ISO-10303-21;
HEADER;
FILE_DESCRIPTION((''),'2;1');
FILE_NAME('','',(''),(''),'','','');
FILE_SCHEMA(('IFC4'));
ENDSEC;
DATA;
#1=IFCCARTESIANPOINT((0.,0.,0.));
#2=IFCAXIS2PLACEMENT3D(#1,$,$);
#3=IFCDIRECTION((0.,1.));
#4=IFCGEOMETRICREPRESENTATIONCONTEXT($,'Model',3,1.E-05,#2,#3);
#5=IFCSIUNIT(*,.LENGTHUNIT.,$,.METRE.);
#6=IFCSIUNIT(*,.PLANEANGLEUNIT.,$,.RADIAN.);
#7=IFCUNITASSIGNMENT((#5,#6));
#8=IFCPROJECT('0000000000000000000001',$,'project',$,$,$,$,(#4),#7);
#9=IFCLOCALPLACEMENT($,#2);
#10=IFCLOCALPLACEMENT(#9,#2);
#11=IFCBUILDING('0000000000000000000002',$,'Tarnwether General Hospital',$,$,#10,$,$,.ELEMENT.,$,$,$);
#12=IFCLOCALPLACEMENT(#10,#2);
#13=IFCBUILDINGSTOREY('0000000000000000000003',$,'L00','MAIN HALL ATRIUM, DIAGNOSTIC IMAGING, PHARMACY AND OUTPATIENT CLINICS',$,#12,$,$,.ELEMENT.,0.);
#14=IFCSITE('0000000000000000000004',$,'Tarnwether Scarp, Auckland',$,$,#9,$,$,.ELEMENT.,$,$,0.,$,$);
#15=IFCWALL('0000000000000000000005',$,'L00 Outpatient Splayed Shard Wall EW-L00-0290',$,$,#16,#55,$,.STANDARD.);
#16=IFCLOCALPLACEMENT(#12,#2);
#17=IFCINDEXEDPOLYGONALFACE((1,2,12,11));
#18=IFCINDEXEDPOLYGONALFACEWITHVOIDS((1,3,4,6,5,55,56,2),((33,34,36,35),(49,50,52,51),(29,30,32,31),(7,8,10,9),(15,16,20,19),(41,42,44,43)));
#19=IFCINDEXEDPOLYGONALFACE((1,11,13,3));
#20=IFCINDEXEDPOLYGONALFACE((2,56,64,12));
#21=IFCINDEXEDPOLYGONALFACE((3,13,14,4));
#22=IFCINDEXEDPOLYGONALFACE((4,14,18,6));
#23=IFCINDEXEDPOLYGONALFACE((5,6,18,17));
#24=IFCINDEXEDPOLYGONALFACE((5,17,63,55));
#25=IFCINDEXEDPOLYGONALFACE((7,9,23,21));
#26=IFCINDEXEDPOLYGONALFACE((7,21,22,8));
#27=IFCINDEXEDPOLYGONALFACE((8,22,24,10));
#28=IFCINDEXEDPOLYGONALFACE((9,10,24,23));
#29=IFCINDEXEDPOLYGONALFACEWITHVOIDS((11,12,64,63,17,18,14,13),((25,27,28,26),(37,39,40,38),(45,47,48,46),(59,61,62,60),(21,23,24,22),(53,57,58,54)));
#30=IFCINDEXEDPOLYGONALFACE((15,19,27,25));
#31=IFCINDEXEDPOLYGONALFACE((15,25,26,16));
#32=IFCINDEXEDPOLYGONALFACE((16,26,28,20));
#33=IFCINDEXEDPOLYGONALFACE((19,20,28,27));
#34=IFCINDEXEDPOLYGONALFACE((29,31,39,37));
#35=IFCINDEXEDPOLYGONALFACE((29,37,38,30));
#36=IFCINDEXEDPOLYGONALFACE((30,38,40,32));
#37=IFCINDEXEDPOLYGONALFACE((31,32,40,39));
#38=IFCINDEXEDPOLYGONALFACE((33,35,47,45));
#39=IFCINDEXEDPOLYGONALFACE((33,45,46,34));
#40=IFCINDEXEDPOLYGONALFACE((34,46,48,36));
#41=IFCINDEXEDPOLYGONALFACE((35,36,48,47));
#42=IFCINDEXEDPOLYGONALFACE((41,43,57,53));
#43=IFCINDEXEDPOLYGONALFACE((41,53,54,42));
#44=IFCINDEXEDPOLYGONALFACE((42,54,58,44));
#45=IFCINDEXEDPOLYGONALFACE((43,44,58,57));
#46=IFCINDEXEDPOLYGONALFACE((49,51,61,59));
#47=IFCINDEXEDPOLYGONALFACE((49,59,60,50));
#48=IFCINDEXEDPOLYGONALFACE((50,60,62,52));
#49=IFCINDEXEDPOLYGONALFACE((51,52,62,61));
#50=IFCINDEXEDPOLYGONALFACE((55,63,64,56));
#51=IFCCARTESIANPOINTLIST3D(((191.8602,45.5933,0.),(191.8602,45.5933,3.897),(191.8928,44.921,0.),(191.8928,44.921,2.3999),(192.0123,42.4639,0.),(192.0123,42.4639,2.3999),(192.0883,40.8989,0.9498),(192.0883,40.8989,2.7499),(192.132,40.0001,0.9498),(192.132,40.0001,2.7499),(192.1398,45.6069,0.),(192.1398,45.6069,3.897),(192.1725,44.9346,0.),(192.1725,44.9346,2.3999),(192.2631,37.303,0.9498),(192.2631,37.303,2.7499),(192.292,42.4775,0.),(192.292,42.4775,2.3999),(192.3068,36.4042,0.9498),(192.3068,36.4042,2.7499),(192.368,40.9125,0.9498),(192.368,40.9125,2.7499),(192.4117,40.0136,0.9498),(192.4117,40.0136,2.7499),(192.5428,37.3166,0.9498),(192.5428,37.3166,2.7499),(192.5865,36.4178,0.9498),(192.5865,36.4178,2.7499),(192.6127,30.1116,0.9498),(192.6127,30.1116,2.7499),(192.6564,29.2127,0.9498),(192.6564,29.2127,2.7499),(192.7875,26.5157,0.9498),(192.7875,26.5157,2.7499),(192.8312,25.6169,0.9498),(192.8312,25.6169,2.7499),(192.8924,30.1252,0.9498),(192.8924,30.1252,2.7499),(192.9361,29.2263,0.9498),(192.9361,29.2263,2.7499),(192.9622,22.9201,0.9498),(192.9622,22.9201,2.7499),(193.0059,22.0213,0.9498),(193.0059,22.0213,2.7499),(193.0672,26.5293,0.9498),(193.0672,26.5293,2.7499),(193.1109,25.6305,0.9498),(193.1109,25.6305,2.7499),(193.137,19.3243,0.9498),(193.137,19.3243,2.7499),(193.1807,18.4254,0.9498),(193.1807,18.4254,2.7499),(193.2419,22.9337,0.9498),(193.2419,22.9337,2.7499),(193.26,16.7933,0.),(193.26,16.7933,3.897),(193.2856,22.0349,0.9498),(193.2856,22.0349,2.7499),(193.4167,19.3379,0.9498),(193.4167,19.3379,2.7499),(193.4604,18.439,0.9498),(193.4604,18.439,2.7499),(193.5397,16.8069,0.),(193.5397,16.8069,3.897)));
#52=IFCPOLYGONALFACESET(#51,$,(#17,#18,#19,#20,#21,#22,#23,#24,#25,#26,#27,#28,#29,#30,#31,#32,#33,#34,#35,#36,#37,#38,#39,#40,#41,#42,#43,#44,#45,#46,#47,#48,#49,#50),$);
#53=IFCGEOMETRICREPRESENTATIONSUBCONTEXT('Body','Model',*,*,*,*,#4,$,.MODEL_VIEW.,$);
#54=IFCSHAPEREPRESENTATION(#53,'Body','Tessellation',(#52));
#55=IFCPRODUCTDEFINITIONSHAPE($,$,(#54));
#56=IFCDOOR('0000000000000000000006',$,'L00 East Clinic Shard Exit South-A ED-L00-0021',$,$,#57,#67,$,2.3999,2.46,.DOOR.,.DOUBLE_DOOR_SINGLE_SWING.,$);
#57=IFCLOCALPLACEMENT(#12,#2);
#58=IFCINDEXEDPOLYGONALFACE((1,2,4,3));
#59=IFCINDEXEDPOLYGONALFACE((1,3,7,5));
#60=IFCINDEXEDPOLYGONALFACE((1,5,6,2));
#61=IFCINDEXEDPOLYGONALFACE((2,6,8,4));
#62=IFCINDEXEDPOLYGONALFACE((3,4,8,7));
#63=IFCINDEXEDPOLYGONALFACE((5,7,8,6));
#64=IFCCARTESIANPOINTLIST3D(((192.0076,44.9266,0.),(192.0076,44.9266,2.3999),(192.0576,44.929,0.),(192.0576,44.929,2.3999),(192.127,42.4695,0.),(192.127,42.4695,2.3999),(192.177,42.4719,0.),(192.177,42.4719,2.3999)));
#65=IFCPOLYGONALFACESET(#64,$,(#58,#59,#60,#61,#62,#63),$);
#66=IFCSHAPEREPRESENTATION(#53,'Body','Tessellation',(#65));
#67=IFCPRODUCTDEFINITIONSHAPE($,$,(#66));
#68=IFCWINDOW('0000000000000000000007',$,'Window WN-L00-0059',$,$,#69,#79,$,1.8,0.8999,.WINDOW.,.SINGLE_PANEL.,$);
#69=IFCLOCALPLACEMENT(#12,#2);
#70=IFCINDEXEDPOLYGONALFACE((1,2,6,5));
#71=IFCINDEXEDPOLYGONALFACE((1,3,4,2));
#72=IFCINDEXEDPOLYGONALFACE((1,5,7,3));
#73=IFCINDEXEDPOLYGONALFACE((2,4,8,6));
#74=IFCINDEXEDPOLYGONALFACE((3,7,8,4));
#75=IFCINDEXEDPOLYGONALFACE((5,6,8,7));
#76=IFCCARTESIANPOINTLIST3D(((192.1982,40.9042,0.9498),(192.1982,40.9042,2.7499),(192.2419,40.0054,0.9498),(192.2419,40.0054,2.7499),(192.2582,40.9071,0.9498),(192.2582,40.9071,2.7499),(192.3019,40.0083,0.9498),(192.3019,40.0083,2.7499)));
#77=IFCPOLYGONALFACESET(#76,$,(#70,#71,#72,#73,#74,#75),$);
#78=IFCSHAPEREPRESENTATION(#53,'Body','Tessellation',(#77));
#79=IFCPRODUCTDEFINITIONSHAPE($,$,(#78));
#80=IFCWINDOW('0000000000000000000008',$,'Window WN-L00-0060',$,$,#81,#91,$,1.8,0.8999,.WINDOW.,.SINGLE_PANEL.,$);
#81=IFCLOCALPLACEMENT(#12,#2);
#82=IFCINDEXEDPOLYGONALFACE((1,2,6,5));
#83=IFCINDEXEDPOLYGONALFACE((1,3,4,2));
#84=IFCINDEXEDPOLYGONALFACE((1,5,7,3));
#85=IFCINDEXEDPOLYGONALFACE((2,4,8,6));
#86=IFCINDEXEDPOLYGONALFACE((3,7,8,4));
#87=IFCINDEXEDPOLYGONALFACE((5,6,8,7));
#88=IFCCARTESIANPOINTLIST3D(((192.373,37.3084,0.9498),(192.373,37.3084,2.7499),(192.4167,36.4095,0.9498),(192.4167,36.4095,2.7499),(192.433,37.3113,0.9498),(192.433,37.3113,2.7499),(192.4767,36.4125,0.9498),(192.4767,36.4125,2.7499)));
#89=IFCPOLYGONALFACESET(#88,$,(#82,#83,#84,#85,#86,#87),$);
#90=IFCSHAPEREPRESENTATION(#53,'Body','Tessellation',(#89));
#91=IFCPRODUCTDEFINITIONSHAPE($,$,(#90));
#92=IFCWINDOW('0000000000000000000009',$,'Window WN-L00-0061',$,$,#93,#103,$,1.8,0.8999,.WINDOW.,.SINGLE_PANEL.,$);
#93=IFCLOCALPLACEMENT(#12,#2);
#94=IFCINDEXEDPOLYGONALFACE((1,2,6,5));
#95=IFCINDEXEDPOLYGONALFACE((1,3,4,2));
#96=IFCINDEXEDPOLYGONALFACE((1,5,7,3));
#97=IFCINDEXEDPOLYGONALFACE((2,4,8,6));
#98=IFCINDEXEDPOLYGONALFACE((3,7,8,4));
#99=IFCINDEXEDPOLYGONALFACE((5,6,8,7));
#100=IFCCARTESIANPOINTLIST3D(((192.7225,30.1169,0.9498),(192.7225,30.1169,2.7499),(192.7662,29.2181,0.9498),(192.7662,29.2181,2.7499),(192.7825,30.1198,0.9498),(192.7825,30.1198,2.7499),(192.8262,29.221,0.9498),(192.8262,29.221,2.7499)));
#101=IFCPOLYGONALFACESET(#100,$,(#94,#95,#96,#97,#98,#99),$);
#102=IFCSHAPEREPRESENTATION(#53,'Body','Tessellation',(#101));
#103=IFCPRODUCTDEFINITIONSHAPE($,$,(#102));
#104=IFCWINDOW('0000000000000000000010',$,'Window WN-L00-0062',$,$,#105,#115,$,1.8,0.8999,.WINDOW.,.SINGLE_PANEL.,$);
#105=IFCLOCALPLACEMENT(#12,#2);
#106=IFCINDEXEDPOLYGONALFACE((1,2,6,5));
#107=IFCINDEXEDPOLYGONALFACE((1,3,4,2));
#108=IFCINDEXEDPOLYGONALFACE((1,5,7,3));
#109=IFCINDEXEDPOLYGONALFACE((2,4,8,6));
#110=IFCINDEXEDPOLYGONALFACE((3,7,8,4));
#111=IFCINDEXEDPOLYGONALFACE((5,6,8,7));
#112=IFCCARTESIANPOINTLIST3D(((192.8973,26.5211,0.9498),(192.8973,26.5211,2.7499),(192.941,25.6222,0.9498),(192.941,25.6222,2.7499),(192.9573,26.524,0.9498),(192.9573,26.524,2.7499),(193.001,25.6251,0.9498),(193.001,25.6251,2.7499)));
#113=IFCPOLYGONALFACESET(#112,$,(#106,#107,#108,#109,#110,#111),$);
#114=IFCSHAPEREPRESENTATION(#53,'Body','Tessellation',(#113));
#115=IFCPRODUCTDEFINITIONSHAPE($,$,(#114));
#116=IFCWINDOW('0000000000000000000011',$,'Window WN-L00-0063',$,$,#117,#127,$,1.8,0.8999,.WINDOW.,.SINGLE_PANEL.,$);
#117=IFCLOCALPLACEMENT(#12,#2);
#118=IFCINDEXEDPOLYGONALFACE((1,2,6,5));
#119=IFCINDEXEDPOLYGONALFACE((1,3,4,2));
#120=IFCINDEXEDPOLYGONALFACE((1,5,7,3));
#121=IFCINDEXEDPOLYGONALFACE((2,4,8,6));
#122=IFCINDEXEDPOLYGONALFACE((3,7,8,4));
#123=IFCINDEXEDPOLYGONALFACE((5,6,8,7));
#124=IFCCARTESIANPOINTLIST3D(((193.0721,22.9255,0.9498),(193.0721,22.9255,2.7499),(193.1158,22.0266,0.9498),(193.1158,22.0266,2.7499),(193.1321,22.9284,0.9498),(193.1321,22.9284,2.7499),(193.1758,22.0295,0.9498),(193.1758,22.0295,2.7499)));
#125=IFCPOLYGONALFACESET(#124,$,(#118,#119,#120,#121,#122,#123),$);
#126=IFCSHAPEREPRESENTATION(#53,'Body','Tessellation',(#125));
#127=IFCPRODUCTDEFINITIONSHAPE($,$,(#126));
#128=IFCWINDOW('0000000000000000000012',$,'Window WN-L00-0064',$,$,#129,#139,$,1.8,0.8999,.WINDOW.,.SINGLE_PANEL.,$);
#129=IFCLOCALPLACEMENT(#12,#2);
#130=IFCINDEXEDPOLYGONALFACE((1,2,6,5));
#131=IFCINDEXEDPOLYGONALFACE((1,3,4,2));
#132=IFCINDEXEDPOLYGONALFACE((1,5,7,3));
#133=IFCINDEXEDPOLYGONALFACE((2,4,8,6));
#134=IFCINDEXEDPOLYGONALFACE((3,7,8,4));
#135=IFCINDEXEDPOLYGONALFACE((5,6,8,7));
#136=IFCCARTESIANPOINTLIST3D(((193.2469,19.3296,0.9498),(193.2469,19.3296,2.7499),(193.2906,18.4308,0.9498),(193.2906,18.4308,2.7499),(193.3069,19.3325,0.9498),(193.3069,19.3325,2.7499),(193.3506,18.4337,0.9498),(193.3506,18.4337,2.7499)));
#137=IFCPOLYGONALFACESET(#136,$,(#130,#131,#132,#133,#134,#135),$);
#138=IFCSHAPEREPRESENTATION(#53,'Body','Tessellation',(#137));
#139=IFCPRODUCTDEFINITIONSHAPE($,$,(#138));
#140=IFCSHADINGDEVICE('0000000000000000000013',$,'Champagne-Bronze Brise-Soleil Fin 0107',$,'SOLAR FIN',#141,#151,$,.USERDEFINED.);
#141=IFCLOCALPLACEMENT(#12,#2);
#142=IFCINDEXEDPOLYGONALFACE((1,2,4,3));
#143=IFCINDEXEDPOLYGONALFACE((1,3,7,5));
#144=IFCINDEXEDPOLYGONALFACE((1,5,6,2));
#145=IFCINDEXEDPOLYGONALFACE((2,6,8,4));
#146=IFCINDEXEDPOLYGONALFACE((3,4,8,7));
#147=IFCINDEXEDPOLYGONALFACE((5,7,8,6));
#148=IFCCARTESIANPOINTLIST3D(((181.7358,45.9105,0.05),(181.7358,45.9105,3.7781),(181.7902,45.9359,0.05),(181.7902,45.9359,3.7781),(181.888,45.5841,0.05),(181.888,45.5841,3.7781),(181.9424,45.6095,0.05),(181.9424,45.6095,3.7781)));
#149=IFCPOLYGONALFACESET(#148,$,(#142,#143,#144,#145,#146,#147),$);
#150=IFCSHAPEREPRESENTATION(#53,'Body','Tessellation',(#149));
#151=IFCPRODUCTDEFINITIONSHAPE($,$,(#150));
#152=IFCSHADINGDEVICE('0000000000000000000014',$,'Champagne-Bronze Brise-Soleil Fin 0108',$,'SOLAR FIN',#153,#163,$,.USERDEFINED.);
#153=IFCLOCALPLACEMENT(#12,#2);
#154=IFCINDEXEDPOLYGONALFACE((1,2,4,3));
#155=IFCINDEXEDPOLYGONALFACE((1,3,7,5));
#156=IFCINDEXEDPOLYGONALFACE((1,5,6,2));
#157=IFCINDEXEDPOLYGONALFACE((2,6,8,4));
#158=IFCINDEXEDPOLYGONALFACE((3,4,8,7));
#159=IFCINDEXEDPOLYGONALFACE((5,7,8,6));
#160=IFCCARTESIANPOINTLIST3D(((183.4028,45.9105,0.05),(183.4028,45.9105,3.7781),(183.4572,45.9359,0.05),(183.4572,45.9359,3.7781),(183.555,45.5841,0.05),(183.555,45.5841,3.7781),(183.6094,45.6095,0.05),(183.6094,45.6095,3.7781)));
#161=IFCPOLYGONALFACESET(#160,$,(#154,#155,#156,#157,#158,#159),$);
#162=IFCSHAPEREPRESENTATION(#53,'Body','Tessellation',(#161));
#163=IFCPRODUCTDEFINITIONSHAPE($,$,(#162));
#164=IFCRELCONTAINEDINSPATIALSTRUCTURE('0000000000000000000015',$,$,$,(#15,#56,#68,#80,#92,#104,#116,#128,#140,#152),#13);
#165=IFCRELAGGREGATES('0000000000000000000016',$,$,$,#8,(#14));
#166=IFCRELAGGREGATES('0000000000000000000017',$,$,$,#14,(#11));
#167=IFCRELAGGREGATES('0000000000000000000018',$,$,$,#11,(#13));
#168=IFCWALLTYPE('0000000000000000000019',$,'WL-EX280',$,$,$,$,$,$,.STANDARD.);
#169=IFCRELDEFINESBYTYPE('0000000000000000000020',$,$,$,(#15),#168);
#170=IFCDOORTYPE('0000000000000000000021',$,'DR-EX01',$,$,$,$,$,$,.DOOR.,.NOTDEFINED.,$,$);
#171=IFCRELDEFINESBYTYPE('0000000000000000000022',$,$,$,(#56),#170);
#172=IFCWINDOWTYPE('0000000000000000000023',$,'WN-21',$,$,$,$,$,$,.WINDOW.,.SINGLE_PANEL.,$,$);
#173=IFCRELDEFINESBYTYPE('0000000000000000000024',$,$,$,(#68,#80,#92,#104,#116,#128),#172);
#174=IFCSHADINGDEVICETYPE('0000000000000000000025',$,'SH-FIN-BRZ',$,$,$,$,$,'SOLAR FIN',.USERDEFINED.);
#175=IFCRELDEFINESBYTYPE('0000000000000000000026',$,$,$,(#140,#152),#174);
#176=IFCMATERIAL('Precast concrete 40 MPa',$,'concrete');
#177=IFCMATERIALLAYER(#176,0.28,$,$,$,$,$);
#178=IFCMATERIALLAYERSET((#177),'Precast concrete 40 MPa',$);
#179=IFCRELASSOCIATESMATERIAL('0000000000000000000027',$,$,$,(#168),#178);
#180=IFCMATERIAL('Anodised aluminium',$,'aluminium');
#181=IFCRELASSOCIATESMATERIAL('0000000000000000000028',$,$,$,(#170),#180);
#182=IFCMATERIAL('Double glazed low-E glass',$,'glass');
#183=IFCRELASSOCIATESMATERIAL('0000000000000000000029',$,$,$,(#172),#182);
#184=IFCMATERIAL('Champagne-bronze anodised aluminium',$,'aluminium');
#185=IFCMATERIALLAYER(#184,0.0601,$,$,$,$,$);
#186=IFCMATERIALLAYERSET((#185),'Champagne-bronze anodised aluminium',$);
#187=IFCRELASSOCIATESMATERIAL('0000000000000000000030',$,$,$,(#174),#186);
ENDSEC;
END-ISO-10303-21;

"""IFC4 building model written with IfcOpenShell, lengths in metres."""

from ifc_helpers import new_model, si_unit, direction, frame, frame_2d, origin, origin_2d, place, context, subcontext, project, spatial, rectangle, extrude, material, layer, layer_set, type_object, element, fill, save


model = new_model("IFC4")

# Units and contexts
model_context = context("Model", 3, precision=1e-05, world=origin(), true_north=direction((0.0, 1.0)))
body_context = subcontext(model_context, "Body", "Model", "MODEL_VIEW")
ifc_project = project(units=[si_unit("LENGTHUNIT", "METRE"), si_unit("PLANEANGLEUNIT", "RADIAN")], contexts=[model_context])

# Site, building, storey
site_placement = place(None, origin())
site = spatial("IfcSite", under=ifc_project, at=site_placement, Name="Tarnwether Scarp, Auckland", CompositionType="ELEMENT", RefElevation=0.0)
building_placement = place(site_placement, origin())
building = spatial("IfcBuilding", under=site, at=building_placement, Name="Tarnwether General Hospital", CompositionType="ELEMENT")
storey_placement = place(building_placement, origin())
storey = spatial("IfcBuildingStorey", under=building, at=storey_placement, Name="L00", Description="MAIN HALL ATRIUM, DIAGNOSTIC IMAGING, PHARMACY AND OUTPATIENT CLINICS", CompositionType="ELEMENT", Elevation=0.0)

# Wall, openings, door, windows
ifc_material_1 = material(Name="Precast concrete 40 MPa", Category="concrete")
ifc_layer_1 = layer(ifc_material_1, 0.28)
ifc_layer_set_1 = layer_set([ifc_layer_1], Name="Precast concrete 40 MPa")
wall_type = type_object("IfcWallType", Name="WL-EX280", PredefinedType="STANDARD", material=ifc_layer_set_1)
wall_placement = place(storey_placement, frame((192.0, 45.6001, 0.0), z_axis=(0.0, 0.0, 1.0), x_axis=(0.04855, -0.998821, 0.0)))
wall = element("IfcWall", 1, at=wall_placement, inside=storey, type_object=wall_type, Name="L00 Outpatient Splayed Shard Wall EW-L00-0290", PredefinedType="STANDARD", context=body_context, shape_type="SweptSolid", body=[
    extrude(rectangle(XDim=28.834, YDim=0.28, at=frame_2d((14.417, 0.0))), origin(), (0.0, 0.0, 1.0), 3.897),
])
opening_1_placement = place(wall_placement, frame((0.6731, 0.0, 0.0)))
opening_1 = element("IfcOpeningElement", 2, at=opening_1_placement, cuts=wall, PredefinedType="OPENING", context=body_context, shape_type="SweptSolid", body=[
    extrude(rectangle(XDim=2.46, YDim=2.3999, at=frame_2d((1.23, 1.2))), frame((0.0, 0.1499, 0.0), z_axis=(0.0, -1.0, 0.0), x_axis=(1.0, 0.0, 0.0)), (0.0, 0.0, 1.0), 0.3),
])
opening_2_placement = place(wall_placement, frame((4.7, 0.0, 0.95)))
opening_2 = element("IfcOpeningElement", 3, at=opening_2_placement, cuts=wall, PredefinedType="OPENING", context=body_context, shape_type="SweptSolid", body=[
    extrude(rectangle(XDim=0.8999, YDim=1.8, at=frame_2d((0.45, 0.8999))), frame((0.0, 0.1499, 0.0), z_axis=(0.0, -1.0, 0.0), x_axis=(1.0, 0.0, 0.0)), (0.0, 0.0, 1.0), 0.3),
])
opening_3_placement = place(wall_placement, frame((8.3, 0.0, 0.95)))
opening_3 = element("IfcOpeningElement", 4, at=opening_3_placement, cuts=wall, PredefinedType="OPENING", context=body_context, shape_type="SweptSolid", body=[
    extrude(rectangle(XDim=0.8999, YDim=1.8, at=frame_2d((0.45, 0.8999))), frame((0.0, 0.1499, 0.0), z_axis=(0.0, -1.0, 0.0), x_axis=(1.0, 0.0, 0.0)), (0.0, 0.0, 1.0), 0.3),
])
opening_4_placement = place(wall_placement, frame((15.5, 0.0, 0.95)))
opening_4 = element("IfcOpeningElement", 5, at=opening_4_placement, cuts=wall, PredefinedType="OPENING", context=body_context, shape_type="SweptSolid", body=[
    extrude(rectangle(XDim=0.8999, YDim=1.8, at=frame_2d((0.45, 0.8999))), frame((0.0, 0.1499, 0.0), z_axis=(0.0, -1.0, 0.0), x_axis=(1.0, 0.0, 0.0)), (0.0, 0.0, 1.0), 0.3),
])
opening_5_placement = place(wall_placement, frame((19.1001, 0.0, 0.95)))
opening_5 = element("IfcOpeningElement", 6, at=opening_5_placement, cuts=wall, PredefinedType="OPENING", context=body_context, shape_type="SweptSolid", body=[
    extrude(rectangle(XDim=0.8999, YDim=1.8, at=frame_2d((0.45, 0.8999))), frame((0.0, 0.1499, 0.0), z_axis=(0.0, -1.0, 0.0), x_axis=(1.0, 0.0, 0.0)), (0.0, 0.0, 1.0), 0.3),
])
opening_6_placement = place(wall_placement, frame((22.7, 0.0, 0.95)))
opening_6 = element("IfcOpeningElement", 7, at=opening_6_placement, cuts=wall, PredefinedType="OPENING", context=body_context, shape_type="SweptSolid", body=[
    extrude(rectangle(XDim=0.8999, YDim=1.8, at=frame_2d((0.45, 0.8999))), frame((0.0, 0.1499, 0.0), z_axis=(0.0, -1.0, 0.0), x_axis=(1.0, 0.0, 0.0)), (0.0, 0.0, 1.0), 0.3),
])
opening_7_placement = place(wall_placement, frame((26.3, 0.0, 0.95)))
opening_7 = element("IfcOpeningElement", 8, at=opening_7_placement, cuts=wall, PredefinedType="OPENING", context=body_context, shape_type="SweptSolid", body=[
    extrude(rectangle(XDim=0.8999, YDim=1.8, at=frame_2d((0.45, 0.8999))), frame((0.0, 0.1499, 0.0), z_axis=(0.0, -1.0, 0.0), x_axis=(1.0, 0.0, 0.0)), (0.0, 0.0, 1.0), 0.3),
])
ifc_material_2 = material(Name="Anodised aluminium", Category="aluminium")
door_type = type_object("IfcDoorType", Name="DR-EX01", OperationType="NOTDEFINED", PredefinedType="DOOR", material=ifc_material_2)
door_placement = place(opening_1_placement, origin())
door = element("IfcDoor", 9, at=door_placement, inside=storey, type_object=door_type, Name="L00 East Clinic Shard Exit South-A ED-L00-0021", OperationType="DOUBLE_DOOR_SINGLE_SWING", OverallHeight=2.3999, OverallWidth=2.46, PredefinedType="DOOR", context=body_context, shape_type="SweptSolid", body=[
    extrude(rectangle(XDim=2.46, YDim=2.3999, at=frame_2d((1.23, 1.2))), frame((0.0, 0.0249, 0.0), z_axis=(0.0, -1.0, 0.0), x_axis=(1.0, 0.0, 0.0)), (0.0, 0.0, 1.0), 0.05),
])
fill(opening_1, door)
ifc_material_3 = material(Name="Double glazed low-E glass", Category="glass")
window_type = type_object("IfcWindowType", Name="WN-21", PartitioningType="SINGLE_PANEL", PredefinedType="WINDOW", material=ifc_material_3)
window_1_placement = place(opening_2_placement, origin())
window_1 = element("IfcWindow", 10, at=window_1_placement, inside=storey, type_object=window_type, Name="Window WN-L00-0059", OverallHeight=1.8, OverallWidth=0.8999, PartitioningType="SINGLE_PANEL", PredefinedType="WINDOW", context=body_context, shape_type="SweptSolid", body=[
    extrude(rectangle(XDim=0.8999, YDim=1.8, at=frame_2d((0.45, 0.8999))), frame((0.0, 0.03, 0.0), z_axis=(0.0, -1.0, 0.0), x_axis=(1.0, 0.0, 0.0)), (0.0, 0.0, 1.0), 0.0601),
])
fill(opening_2, window_1)
window_2_placement = place(opening_3_placement, origin())
window_2 = element("IfcWindow", 11, at=window_2_placement, inside=storey, type_object=window_type, Name="Window WN-L00-0060", OverallHeight=1.8, OverallWidth=0.8999, PartitioningType="SINGLE_PANEL", PredefinedType="WINDOW", context=body_context, shape_type="SweptSolid", body=[
    extrude(rectangle(XDim=0.8999, YDim=1.8, at=frame_2d((0.45, 0.8999))), frame((0.0, 0.03, 0.0), z_axis=(0.0, -1.0, 0.0), x_axis=(1.0, 0.0, 0.0)), (0.0, 0.0, 1.0), 0.0601),
])
fill(opening_3, window_2)
window_3_placement = place(opening_4_placement, origin())
window_3 = element("IfcWindow", 12, at=window_3_placement, inside=storey, type_object=window_type, Name="Window WN-L00-0061", OverallHeight=1.8, OverallWidth=0.8999, PartitioningType="SINGLE_PANEL", PredefinedType="WINDOW", context=body_context, shape_type="SweptSolid", body=[
    extrude(rectangle(XDim=0.8999, YDim=1.8, at=frame_2d((0.45, 0.8999))), frame((0.0, 0.03, 0.0), z_axis=(0.0, -1.0, 0.0), x_axis=(1.0, 0.0, 0.0)), (0.0, 0.0, 1.0), 0.0601),
])
fill(opening_4, window_3)
window_4_placement = place(opening_5_placement, origin())
window_4 = element("IfcWindow", 13, at=window_4_placement, inside=storey, type_object=window_type, Name="Window WN-L00-0062", OverallHeight=1.8, OverallWidth=0.8999, PartitioningType="SINGLE_PANEL", PredefinedType="WINDOW", context=body_context, shape_type="SweptSolid", body=[
    extrude(rectangle(XDim=0.8999, YDim=1.8, at=frame_2d((0.45, 0.8999))), frame((0.0, 0.03, 0.0), z_axis=(0.0, -1.0, 0.0), x_axis=(1.0, 0.0, 0.0)), (0.0, 0.0, 1.0), 0.0601),
])
fill(opening_5, window_4)
window_5_placement = place(opening_6_placement, origin())
window_5 = element("IfcWindow", 14, at=window_5_placement, inside=storey, type_object=window_type, Name="Window WN-L00-0063", OverallHeight=1.8, OverallWidth=0.8999, PartitioningType="SINGLE_PANEL", PredefinedType="WINDOW", context=body_context, shape_type="SweptSolid", body=[
    extrude(rectangle(XDim=0.8999, YDim=1.8, at=frame_2d((0.45, 0.8999))), frame((0.0, 0.03, 0.0), z_axis=(0.0, -1.0, 0.0), x_axis=(1.0, 0.0, 0.0)), (0.0, 0.0, 1.0), 0.0601),
])
fill(opening_6, window_5)
window_6_placement = place(opening_7_placement, origin())
window_6 = element("IfcWindow", 15, at=window_6_placement, inside=storey, type_object=window_type, Name="Window WN-L00-0064", OverallHeight=1.8, OverallWidth=0.8999, PartitioningType="SINGLE_PANEL", PredefinedType="WINDOW", context=body_context, shape_type="SweptSolid", body=[
    extrude(rectangle(XDim=0.8999, YDim=1.8, at=frame_2d((0.45, 0.8999))), frame((0.0, 0.03, 0.0), z_axis=(0.0, -1.0, 0.0), x_axis=(1.0, 0.0, 0.0)), (0.0, 0.0, 1.0), 0.0601),
])
fill(opening_7, window_6)

# Shading devices
ifc_material_4 = material(Name="Champagne-bronze anodised aluminium", Category="aluminium")
ifc_layer_2 = layer(ifc_material_4, 0.0601)
ifc_layer_set_2 = layer_set([ifc_layer_2], Name="Champagne-bronze anodised aluminium")
shading_device_type = type_object("IfcShadingDeviceType", Name="SH-FIN-BRZ", ElementType="SOLAR FIN", PredefinedType="USERDEFINED", material=ifc_layer_set_2)
for number, where, z_axis, x_axis, name in (
    (16, (181.8391, 45.76, 0.05), (0.0, 0.0, 1.0), (0.906308, 0.422618, 0.0), "Champagne-Bronze Brise-Soleil Fin 0107"),
    (17, (183.5061, 45.76, 0.05), (0.0, 0.0, 1.0), (0.906308, 0.422618, 0.0), "Champagne-Bronze Brise-Soleil Fin 0108"),
):
    element("IfcShadingDevice", number, at=place(storey_placement, frame(where, z_axis=z_axis, x_axis=x_axis)), inside=storey, type_object=shading_device_type, Name=name, ObjectType="SOLAR FIN", PredefinedType="USERDEFINED", context=body_context, shape_type="SweptSolid", body=[
        extrude(rectangle(XDim=0.0601, YDim=0.3601, at=origin_2d()), origin(), (0.0, 0.0, 1.0), 3.728),
    ])

save(model, "model.ifc")
